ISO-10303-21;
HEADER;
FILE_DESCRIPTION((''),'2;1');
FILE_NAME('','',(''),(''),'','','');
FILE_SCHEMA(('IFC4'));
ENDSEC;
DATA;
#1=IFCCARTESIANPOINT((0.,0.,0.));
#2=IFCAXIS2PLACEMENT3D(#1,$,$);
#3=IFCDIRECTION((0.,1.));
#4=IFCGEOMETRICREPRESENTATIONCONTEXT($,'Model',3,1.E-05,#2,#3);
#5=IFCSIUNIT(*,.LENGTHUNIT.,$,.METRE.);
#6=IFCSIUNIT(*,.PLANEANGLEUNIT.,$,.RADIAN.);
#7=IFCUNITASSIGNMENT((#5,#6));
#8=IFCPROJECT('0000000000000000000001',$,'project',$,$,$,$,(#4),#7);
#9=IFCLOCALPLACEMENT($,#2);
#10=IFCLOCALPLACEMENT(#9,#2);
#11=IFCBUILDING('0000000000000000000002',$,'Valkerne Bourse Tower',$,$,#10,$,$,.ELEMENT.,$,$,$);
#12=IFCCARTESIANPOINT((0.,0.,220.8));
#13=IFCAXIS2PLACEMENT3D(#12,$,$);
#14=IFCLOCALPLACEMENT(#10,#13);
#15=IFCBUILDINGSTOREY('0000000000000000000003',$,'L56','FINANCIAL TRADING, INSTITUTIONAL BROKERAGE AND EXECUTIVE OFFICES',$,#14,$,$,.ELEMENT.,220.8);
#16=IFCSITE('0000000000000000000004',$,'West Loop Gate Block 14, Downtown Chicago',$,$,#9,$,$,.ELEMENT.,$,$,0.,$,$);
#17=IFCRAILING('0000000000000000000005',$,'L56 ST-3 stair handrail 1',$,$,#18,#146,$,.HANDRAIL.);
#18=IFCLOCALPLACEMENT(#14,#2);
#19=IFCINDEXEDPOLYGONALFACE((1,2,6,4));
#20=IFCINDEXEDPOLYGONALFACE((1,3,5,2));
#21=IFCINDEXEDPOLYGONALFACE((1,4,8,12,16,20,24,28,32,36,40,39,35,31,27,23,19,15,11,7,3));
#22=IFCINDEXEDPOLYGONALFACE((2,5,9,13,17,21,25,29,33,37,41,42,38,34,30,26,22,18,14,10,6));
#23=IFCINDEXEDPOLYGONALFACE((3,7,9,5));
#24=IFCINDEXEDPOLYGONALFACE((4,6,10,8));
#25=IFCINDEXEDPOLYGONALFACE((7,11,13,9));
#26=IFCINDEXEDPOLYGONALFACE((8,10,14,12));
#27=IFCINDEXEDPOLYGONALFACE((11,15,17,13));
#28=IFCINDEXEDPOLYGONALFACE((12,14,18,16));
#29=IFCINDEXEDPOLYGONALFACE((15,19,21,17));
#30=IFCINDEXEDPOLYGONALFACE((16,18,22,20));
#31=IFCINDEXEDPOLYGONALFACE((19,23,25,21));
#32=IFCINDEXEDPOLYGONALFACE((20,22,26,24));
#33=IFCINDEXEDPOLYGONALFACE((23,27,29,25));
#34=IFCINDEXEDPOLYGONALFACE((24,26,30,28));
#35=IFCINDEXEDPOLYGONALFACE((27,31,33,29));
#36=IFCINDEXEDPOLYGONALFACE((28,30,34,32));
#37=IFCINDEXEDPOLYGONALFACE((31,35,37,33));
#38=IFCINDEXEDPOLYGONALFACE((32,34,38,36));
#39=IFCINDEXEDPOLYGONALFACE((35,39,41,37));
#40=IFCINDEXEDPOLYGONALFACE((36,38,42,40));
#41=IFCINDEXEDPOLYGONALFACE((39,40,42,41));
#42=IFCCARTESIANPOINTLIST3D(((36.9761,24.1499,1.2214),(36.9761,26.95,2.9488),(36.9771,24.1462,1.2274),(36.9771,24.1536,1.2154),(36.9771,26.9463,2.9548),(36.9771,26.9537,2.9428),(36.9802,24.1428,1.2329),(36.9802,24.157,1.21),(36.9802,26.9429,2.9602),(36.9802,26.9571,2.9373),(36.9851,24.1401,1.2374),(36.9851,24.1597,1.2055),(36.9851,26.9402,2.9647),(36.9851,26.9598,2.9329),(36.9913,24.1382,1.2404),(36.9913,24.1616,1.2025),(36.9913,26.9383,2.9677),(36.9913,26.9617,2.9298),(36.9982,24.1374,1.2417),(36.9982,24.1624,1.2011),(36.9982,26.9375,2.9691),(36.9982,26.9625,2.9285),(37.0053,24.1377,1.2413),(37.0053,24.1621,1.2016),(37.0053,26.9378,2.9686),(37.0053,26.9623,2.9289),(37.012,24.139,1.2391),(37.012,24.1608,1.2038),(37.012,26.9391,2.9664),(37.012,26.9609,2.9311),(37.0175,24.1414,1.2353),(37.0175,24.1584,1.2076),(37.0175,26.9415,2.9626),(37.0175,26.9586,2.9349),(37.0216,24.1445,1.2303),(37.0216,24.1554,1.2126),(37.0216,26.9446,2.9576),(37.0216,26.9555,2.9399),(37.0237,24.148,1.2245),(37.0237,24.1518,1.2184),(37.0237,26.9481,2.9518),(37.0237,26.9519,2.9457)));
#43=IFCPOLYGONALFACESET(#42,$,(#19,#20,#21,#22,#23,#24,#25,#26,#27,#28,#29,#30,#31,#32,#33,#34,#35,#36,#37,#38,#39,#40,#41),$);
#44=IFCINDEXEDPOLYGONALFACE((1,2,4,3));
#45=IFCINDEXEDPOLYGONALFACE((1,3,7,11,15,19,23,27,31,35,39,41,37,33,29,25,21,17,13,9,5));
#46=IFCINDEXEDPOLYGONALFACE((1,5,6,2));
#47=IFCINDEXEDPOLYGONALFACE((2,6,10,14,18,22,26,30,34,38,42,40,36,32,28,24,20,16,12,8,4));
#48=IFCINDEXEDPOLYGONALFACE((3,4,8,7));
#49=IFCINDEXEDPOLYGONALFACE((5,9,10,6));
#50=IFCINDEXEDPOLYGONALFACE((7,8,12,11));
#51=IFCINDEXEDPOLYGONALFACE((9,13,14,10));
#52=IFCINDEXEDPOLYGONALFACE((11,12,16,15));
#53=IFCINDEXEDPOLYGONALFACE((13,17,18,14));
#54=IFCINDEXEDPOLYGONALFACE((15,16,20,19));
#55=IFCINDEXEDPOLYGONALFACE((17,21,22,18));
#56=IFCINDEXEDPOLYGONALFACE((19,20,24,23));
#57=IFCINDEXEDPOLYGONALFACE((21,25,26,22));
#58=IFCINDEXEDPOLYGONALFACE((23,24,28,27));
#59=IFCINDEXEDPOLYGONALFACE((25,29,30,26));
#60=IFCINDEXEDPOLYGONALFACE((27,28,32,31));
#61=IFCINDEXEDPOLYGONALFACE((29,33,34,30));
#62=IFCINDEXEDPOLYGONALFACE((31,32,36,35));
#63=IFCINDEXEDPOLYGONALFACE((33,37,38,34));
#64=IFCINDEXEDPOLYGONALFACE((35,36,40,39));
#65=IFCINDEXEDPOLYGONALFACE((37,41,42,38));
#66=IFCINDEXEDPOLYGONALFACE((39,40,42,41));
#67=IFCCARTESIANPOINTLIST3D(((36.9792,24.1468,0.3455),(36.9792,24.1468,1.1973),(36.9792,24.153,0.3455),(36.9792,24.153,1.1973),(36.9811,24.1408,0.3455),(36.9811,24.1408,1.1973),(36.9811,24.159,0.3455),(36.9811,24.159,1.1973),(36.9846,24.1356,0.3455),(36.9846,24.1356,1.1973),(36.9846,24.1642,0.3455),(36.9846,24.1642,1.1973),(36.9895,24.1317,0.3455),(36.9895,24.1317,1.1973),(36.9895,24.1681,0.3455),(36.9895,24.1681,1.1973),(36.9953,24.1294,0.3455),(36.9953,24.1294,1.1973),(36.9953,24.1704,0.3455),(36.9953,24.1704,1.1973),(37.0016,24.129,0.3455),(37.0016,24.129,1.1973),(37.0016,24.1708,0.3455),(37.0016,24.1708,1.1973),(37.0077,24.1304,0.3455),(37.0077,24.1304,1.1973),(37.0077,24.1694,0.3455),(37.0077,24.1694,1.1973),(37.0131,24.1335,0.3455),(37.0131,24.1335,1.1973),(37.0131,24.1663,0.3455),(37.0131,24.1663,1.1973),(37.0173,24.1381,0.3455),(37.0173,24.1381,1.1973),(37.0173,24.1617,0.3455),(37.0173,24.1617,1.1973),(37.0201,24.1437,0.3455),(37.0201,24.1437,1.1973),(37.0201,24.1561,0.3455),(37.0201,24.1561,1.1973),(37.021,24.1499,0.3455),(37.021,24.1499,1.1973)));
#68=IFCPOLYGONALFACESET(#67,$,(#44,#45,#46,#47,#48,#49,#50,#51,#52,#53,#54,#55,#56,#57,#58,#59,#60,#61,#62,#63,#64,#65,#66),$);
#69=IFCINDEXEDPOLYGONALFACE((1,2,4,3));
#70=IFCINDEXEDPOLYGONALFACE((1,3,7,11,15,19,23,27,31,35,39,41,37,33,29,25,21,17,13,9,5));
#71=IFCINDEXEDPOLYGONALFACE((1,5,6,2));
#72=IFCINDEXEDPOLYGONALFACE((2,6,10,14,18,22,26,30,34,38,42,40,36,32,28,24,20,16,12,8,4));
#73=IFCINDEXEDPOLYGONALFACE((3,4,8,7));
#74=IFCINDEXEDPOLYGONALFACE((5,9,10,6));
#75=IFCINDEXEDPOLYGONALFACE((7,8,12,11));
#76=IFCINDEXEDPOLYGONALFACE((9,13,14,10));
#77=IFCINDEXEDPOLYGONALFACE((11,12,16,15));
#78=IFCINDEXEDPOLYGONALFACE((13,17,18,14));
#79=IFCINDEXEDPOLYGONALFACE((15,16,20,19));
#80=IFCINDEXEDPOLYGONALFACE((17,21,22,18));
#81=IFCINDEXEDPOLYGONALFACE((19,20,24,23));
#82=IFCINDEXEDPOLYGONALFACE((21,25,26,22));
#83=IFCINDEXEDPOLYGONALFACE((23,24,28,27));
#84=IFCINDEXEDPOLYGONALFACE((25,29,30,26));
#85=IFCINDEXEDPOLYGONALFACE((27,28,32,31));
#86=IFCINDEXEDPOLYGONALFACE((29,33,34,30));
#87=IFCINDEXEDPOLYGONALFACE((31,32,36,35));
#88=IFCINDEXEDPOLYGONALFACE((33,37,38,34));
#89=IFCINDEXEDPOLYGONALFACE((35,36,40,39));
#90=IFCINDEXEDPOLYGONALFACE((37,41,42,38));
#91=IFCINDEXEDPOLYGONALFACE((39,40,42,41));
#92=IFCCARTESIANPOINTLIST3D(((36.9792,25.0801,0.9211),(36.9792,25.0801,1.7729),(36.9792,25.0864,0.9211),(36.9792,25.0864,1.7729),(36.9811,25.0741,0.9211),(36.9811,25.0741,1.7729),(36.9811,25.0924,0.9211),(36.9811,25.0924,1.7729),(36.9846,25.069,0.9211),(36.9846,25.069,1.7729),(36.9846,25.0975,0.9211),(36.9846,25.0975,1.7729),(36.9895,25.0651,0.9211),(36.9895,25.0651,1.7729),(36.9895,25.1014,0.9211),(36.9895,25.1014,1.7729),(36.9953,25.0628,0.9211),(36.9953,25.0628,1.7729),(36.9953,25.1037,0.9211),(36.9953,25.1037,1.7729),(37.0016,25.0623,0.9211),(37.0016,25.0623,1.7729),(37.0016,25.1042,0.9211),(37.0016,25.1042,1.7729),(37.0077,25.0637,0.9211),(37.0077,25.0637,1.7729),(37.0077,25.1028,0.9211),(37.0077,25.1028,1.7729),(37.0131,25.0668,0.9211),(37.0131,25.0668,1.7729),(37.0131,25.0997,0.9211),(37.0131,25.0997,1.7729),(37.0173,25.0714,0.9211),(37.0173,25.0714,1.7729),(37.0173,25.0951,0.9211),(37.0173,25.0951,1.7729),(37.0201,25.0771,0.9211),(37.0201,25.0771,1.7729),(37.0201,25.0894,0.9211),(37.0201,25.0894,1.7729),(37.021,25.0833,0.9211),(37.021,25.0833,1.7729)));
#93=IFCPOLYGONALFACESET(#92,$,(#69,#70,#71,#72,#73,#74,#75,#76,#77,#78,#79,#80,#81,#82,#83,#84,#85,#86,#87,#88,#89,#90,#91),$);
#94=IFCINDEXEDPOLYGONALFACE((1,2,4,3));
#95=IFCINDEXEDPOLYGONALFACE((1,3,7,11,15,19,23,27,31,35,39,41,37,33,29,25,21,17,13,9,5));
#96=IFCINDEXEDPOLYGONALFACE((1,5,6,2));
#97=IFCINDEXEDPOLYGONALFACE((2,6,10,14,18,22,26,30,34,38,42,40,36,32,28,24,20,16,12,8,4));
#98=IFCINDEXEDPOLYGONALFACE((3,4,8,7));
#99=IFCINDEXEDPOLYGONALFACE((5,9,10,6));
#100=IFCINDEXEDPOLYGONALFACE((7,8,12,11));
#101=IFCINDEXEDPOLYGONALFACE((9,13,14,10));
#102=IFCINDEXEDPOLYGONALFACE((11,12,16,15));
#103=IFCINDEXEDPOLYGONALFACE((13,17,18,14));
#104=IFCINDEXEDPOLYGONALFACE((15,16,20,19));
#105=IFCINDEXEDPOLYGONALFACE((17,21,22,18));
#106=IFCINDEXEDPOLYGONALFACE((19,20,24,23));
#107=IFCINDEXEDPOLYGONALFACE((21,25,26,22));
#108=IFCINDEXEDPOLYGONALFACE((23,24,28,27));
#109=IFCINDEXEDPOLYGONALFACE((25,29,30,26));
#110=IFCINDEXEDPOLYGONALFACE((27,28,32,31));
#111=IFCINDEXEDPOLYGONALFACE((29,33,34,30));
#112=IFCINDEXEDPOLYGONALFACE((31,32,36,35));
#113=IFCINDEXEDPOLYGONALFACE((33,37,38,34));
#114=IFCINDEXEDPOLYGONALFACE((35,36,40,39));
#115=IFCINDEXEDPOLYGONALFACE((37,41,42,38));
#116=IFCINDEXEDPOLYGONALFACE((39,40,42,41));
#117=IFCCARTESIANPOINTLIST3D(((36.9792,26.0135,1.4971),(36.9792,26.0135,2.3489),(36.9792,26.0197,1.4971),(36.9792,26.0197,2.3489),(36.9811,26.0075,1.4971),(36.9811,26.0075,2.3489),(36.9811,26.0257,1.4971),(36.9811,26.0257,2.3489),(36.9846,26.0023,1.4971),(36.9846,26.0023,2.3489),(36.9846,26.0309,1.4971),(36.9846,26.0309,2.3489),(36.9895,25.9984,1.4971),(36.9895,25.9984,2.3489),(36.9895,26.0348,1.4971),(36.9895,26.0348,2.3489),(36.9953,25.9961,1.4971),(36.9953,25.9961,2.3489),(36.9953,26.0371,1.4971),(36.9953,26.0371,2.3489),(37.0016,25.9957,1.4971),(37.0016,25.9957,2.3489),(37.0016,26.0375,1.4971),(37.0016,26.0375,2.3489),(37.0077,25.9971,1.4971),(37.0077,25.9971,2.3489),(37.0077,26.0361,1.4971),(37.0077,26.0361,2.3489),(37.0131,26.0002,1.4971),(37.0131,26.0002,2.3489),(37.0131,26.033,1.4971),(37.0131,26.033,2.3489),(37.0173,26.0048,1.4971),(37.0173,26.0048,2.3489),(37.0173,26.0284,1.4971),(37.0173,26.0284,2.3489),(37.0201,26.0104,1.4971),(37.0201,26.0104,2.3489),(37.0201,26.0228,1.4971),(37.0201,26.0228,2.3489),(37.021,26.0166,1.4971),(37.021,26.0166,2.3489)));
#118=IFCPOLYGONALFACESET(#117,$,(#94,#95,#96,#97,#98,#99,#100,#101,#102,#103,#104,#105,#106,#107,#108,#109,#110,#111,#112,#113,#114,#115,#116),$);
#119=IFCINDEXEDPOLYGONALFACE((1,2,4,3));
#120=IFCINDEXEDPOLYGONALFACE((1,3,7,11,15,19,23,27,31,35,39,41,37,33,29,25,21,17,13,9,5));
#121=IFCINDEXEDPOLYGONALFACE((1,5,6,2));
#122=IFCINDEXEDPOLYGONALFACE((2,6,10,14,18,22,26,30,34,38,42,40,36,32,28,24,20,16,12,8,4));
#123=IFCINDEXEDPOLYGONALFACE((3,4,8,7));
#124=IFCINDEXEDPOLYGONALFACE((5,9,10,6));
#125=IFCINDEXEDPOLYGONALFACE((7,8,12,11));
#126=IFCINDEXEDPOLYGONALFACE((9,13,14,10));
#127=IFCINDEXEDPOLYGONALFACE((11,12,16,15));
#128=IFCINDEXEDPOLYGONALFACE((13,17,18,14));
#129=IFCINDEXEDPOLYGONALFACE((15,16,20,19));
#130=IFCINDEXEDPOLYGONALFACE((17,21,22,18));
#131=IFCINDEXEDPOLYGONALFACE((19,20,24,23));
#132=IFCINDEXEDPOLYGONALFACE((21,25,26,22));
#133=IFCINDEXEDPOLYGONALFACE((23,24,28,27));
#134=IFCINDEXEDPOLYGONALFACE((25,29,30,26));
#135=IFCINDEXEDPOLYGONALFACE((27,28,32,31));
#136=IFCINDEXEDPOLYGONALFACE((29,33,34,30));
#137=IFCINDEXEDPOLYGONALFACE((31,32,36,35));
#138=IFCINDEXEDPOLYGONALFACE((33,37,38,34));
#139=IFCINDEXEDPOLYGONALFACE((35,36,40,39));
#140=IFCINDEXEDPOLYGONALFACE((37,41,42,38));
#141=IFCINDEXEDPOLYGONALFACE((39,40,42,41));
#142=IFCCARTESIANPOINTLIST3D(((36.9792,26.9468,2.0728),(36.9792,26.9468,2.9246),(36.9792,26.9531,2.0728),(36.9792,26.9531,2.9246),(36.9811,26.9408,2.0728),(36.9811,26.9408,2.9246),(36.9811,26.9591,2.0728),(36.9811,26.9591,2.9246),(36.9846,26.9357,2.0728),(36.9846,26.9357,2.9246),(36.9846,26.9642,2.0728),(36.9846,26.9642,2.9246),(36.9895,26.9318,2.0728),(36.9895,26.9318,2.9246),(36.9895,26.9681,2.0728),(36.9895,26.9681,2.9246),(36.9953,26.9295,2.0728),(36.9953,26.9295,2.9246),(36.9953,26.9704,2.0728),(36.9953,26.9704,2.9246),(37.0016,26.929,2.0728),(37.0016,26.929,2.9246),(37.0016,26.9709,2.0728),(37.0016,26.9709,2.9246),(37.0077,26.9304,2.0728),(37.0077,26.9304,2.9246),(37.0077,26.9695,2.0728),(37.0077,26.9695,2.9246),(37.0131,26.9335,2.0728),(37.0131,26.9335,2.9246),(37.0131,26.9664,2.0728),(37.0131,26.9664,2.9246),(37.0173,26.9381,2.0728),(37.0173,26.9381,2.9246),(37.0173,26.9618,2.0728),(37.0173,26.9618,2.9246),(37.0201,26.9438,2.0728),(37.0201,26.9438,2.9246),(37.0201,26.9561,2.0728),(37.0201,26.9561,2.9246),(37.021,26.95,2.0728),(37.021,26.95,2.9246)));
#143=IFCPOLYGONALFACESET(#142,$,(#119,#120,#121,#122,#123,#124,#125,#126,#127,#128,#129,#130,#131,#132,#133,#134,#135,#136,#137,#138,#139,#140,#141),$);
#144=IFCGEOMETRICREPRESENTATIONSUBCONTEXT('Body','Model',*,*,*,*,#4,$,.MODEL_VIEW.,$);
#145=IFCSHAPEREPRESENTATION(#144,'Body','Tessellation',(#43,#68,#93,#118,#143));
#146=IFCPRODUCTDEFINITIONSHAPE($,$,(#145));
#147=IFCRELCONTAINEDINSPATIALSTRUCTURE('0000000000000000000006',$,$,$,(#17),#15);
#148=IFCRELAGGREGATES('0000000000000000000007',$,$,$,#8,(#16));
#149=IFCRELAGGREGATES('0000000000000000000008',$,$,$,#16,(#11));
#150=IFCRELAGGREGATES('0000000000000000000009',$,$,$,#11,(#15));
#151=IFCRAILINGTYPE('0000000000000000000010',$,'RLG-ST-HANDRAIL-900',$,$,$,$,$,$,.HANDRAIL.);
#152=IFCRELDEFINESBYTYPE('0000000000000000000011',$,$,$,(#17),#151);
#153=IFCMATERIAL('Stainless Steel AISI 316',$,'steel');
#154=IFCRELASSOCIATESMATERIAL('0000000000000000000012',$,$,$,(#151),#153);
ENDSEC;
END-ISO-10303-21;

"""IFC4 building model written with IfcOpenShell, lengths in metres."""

from ifc_helpers import new_model, si_unit, direction, frame, origin, origin_2d, place, context, subcontext, project, spatial, circle, extrude, material, type_object, element, save


model = new_model("IFC4")

# Units and contexts
model_context = context("Model", 3, precision=1e-05, world=origin(), true_north=direction((0.0, 1.0)))
body_context = subcontext(model_context, "Body", "Model", "MODEL_VIEW")
ifc_project = project(units=[si_unit("LENGTHUNIT", "METRE"), si_unit("PLANEANGLEUNIT", "RADIAN")], contexts=[model_context])

# Site, building, storey
site_placement = place(None, origin())
site = spatial("IfcSite", under=ifc_project, at=site_placement, Name="West Loop Gate Block 14, Downtown Chicago", CompositionType="ELEMENT", RefElevation=0.0)
building_placement = place(site_placement, origin())
building = spatial("IfcBuilding", under=site, at=building_placement, Name="Valkerne Bourse Tower", CompositionType="ELEMENT")
storey_placement = place(building_placement, frame((0.0, 0.0, 220.8)))
storey = spatial("IfcBuildingStorey", under=building, at=storey_placement, Name="L56", Description="FINANCIAL TRADING, INSTITUTIONAL BROKERAGE AND EXECUTIVE OFFICES", CompositionType="ELEMENT", Elevation=220.8)

# Railing
ifc_material_1 = material(Name="Stainless Steel AISI 316", Category="steel")
railing_type_1 = type_object("IfcRailingType", Name="RLG-ST-HANDRAIL-900", PredefinedType="HANDRAIL", material=ifc_material_1)
railing_1_placement = place(storey_placement, frame((37.0, 24.1499, 0.3455)))
element("IfcRailing", 1, at=railing_1_placement, inside=storey, type_object=railing_type_1, Name="L56 ST-3 stair handrail 1", PredefinedType="HANDRAIL", context=body_context, shape_type="SweptSolid", body=[
    extrude(circle(Radius=0.0239, at=origin_2d()), frame((0.0, 0.0, 0.876), z_axis=(0.0, 0.85109, 0.52502), x_axis=(-1.0, 0.0, 0.0)), (0.0, 0.0, 1.0), 3.29),
    extrude(circle(Radius=0.021, at=origin_2d()), origin(), (0.0, 0.0, 1.0), 0.8518),
    extrude(circle(Radius=0.021, at=origin_2d()), frame((0.0, 0.9333, 0.5757)), (0.0, 0.0, 1.0), 0.8518),
    extrude(circle(Radius=0.021, at=origin_2d()), frame((0.0, 1.8667, 1.1516)), (0.0, 0.0, 1.0), 0.8518),
    extrude(circle(Radius=0.021, at=origin_2d()), frame((0.0, 2.8, 1.7273)), (0.0, 0.0, 1.0), 0.8518),
])

save(model, "model.ifc")
